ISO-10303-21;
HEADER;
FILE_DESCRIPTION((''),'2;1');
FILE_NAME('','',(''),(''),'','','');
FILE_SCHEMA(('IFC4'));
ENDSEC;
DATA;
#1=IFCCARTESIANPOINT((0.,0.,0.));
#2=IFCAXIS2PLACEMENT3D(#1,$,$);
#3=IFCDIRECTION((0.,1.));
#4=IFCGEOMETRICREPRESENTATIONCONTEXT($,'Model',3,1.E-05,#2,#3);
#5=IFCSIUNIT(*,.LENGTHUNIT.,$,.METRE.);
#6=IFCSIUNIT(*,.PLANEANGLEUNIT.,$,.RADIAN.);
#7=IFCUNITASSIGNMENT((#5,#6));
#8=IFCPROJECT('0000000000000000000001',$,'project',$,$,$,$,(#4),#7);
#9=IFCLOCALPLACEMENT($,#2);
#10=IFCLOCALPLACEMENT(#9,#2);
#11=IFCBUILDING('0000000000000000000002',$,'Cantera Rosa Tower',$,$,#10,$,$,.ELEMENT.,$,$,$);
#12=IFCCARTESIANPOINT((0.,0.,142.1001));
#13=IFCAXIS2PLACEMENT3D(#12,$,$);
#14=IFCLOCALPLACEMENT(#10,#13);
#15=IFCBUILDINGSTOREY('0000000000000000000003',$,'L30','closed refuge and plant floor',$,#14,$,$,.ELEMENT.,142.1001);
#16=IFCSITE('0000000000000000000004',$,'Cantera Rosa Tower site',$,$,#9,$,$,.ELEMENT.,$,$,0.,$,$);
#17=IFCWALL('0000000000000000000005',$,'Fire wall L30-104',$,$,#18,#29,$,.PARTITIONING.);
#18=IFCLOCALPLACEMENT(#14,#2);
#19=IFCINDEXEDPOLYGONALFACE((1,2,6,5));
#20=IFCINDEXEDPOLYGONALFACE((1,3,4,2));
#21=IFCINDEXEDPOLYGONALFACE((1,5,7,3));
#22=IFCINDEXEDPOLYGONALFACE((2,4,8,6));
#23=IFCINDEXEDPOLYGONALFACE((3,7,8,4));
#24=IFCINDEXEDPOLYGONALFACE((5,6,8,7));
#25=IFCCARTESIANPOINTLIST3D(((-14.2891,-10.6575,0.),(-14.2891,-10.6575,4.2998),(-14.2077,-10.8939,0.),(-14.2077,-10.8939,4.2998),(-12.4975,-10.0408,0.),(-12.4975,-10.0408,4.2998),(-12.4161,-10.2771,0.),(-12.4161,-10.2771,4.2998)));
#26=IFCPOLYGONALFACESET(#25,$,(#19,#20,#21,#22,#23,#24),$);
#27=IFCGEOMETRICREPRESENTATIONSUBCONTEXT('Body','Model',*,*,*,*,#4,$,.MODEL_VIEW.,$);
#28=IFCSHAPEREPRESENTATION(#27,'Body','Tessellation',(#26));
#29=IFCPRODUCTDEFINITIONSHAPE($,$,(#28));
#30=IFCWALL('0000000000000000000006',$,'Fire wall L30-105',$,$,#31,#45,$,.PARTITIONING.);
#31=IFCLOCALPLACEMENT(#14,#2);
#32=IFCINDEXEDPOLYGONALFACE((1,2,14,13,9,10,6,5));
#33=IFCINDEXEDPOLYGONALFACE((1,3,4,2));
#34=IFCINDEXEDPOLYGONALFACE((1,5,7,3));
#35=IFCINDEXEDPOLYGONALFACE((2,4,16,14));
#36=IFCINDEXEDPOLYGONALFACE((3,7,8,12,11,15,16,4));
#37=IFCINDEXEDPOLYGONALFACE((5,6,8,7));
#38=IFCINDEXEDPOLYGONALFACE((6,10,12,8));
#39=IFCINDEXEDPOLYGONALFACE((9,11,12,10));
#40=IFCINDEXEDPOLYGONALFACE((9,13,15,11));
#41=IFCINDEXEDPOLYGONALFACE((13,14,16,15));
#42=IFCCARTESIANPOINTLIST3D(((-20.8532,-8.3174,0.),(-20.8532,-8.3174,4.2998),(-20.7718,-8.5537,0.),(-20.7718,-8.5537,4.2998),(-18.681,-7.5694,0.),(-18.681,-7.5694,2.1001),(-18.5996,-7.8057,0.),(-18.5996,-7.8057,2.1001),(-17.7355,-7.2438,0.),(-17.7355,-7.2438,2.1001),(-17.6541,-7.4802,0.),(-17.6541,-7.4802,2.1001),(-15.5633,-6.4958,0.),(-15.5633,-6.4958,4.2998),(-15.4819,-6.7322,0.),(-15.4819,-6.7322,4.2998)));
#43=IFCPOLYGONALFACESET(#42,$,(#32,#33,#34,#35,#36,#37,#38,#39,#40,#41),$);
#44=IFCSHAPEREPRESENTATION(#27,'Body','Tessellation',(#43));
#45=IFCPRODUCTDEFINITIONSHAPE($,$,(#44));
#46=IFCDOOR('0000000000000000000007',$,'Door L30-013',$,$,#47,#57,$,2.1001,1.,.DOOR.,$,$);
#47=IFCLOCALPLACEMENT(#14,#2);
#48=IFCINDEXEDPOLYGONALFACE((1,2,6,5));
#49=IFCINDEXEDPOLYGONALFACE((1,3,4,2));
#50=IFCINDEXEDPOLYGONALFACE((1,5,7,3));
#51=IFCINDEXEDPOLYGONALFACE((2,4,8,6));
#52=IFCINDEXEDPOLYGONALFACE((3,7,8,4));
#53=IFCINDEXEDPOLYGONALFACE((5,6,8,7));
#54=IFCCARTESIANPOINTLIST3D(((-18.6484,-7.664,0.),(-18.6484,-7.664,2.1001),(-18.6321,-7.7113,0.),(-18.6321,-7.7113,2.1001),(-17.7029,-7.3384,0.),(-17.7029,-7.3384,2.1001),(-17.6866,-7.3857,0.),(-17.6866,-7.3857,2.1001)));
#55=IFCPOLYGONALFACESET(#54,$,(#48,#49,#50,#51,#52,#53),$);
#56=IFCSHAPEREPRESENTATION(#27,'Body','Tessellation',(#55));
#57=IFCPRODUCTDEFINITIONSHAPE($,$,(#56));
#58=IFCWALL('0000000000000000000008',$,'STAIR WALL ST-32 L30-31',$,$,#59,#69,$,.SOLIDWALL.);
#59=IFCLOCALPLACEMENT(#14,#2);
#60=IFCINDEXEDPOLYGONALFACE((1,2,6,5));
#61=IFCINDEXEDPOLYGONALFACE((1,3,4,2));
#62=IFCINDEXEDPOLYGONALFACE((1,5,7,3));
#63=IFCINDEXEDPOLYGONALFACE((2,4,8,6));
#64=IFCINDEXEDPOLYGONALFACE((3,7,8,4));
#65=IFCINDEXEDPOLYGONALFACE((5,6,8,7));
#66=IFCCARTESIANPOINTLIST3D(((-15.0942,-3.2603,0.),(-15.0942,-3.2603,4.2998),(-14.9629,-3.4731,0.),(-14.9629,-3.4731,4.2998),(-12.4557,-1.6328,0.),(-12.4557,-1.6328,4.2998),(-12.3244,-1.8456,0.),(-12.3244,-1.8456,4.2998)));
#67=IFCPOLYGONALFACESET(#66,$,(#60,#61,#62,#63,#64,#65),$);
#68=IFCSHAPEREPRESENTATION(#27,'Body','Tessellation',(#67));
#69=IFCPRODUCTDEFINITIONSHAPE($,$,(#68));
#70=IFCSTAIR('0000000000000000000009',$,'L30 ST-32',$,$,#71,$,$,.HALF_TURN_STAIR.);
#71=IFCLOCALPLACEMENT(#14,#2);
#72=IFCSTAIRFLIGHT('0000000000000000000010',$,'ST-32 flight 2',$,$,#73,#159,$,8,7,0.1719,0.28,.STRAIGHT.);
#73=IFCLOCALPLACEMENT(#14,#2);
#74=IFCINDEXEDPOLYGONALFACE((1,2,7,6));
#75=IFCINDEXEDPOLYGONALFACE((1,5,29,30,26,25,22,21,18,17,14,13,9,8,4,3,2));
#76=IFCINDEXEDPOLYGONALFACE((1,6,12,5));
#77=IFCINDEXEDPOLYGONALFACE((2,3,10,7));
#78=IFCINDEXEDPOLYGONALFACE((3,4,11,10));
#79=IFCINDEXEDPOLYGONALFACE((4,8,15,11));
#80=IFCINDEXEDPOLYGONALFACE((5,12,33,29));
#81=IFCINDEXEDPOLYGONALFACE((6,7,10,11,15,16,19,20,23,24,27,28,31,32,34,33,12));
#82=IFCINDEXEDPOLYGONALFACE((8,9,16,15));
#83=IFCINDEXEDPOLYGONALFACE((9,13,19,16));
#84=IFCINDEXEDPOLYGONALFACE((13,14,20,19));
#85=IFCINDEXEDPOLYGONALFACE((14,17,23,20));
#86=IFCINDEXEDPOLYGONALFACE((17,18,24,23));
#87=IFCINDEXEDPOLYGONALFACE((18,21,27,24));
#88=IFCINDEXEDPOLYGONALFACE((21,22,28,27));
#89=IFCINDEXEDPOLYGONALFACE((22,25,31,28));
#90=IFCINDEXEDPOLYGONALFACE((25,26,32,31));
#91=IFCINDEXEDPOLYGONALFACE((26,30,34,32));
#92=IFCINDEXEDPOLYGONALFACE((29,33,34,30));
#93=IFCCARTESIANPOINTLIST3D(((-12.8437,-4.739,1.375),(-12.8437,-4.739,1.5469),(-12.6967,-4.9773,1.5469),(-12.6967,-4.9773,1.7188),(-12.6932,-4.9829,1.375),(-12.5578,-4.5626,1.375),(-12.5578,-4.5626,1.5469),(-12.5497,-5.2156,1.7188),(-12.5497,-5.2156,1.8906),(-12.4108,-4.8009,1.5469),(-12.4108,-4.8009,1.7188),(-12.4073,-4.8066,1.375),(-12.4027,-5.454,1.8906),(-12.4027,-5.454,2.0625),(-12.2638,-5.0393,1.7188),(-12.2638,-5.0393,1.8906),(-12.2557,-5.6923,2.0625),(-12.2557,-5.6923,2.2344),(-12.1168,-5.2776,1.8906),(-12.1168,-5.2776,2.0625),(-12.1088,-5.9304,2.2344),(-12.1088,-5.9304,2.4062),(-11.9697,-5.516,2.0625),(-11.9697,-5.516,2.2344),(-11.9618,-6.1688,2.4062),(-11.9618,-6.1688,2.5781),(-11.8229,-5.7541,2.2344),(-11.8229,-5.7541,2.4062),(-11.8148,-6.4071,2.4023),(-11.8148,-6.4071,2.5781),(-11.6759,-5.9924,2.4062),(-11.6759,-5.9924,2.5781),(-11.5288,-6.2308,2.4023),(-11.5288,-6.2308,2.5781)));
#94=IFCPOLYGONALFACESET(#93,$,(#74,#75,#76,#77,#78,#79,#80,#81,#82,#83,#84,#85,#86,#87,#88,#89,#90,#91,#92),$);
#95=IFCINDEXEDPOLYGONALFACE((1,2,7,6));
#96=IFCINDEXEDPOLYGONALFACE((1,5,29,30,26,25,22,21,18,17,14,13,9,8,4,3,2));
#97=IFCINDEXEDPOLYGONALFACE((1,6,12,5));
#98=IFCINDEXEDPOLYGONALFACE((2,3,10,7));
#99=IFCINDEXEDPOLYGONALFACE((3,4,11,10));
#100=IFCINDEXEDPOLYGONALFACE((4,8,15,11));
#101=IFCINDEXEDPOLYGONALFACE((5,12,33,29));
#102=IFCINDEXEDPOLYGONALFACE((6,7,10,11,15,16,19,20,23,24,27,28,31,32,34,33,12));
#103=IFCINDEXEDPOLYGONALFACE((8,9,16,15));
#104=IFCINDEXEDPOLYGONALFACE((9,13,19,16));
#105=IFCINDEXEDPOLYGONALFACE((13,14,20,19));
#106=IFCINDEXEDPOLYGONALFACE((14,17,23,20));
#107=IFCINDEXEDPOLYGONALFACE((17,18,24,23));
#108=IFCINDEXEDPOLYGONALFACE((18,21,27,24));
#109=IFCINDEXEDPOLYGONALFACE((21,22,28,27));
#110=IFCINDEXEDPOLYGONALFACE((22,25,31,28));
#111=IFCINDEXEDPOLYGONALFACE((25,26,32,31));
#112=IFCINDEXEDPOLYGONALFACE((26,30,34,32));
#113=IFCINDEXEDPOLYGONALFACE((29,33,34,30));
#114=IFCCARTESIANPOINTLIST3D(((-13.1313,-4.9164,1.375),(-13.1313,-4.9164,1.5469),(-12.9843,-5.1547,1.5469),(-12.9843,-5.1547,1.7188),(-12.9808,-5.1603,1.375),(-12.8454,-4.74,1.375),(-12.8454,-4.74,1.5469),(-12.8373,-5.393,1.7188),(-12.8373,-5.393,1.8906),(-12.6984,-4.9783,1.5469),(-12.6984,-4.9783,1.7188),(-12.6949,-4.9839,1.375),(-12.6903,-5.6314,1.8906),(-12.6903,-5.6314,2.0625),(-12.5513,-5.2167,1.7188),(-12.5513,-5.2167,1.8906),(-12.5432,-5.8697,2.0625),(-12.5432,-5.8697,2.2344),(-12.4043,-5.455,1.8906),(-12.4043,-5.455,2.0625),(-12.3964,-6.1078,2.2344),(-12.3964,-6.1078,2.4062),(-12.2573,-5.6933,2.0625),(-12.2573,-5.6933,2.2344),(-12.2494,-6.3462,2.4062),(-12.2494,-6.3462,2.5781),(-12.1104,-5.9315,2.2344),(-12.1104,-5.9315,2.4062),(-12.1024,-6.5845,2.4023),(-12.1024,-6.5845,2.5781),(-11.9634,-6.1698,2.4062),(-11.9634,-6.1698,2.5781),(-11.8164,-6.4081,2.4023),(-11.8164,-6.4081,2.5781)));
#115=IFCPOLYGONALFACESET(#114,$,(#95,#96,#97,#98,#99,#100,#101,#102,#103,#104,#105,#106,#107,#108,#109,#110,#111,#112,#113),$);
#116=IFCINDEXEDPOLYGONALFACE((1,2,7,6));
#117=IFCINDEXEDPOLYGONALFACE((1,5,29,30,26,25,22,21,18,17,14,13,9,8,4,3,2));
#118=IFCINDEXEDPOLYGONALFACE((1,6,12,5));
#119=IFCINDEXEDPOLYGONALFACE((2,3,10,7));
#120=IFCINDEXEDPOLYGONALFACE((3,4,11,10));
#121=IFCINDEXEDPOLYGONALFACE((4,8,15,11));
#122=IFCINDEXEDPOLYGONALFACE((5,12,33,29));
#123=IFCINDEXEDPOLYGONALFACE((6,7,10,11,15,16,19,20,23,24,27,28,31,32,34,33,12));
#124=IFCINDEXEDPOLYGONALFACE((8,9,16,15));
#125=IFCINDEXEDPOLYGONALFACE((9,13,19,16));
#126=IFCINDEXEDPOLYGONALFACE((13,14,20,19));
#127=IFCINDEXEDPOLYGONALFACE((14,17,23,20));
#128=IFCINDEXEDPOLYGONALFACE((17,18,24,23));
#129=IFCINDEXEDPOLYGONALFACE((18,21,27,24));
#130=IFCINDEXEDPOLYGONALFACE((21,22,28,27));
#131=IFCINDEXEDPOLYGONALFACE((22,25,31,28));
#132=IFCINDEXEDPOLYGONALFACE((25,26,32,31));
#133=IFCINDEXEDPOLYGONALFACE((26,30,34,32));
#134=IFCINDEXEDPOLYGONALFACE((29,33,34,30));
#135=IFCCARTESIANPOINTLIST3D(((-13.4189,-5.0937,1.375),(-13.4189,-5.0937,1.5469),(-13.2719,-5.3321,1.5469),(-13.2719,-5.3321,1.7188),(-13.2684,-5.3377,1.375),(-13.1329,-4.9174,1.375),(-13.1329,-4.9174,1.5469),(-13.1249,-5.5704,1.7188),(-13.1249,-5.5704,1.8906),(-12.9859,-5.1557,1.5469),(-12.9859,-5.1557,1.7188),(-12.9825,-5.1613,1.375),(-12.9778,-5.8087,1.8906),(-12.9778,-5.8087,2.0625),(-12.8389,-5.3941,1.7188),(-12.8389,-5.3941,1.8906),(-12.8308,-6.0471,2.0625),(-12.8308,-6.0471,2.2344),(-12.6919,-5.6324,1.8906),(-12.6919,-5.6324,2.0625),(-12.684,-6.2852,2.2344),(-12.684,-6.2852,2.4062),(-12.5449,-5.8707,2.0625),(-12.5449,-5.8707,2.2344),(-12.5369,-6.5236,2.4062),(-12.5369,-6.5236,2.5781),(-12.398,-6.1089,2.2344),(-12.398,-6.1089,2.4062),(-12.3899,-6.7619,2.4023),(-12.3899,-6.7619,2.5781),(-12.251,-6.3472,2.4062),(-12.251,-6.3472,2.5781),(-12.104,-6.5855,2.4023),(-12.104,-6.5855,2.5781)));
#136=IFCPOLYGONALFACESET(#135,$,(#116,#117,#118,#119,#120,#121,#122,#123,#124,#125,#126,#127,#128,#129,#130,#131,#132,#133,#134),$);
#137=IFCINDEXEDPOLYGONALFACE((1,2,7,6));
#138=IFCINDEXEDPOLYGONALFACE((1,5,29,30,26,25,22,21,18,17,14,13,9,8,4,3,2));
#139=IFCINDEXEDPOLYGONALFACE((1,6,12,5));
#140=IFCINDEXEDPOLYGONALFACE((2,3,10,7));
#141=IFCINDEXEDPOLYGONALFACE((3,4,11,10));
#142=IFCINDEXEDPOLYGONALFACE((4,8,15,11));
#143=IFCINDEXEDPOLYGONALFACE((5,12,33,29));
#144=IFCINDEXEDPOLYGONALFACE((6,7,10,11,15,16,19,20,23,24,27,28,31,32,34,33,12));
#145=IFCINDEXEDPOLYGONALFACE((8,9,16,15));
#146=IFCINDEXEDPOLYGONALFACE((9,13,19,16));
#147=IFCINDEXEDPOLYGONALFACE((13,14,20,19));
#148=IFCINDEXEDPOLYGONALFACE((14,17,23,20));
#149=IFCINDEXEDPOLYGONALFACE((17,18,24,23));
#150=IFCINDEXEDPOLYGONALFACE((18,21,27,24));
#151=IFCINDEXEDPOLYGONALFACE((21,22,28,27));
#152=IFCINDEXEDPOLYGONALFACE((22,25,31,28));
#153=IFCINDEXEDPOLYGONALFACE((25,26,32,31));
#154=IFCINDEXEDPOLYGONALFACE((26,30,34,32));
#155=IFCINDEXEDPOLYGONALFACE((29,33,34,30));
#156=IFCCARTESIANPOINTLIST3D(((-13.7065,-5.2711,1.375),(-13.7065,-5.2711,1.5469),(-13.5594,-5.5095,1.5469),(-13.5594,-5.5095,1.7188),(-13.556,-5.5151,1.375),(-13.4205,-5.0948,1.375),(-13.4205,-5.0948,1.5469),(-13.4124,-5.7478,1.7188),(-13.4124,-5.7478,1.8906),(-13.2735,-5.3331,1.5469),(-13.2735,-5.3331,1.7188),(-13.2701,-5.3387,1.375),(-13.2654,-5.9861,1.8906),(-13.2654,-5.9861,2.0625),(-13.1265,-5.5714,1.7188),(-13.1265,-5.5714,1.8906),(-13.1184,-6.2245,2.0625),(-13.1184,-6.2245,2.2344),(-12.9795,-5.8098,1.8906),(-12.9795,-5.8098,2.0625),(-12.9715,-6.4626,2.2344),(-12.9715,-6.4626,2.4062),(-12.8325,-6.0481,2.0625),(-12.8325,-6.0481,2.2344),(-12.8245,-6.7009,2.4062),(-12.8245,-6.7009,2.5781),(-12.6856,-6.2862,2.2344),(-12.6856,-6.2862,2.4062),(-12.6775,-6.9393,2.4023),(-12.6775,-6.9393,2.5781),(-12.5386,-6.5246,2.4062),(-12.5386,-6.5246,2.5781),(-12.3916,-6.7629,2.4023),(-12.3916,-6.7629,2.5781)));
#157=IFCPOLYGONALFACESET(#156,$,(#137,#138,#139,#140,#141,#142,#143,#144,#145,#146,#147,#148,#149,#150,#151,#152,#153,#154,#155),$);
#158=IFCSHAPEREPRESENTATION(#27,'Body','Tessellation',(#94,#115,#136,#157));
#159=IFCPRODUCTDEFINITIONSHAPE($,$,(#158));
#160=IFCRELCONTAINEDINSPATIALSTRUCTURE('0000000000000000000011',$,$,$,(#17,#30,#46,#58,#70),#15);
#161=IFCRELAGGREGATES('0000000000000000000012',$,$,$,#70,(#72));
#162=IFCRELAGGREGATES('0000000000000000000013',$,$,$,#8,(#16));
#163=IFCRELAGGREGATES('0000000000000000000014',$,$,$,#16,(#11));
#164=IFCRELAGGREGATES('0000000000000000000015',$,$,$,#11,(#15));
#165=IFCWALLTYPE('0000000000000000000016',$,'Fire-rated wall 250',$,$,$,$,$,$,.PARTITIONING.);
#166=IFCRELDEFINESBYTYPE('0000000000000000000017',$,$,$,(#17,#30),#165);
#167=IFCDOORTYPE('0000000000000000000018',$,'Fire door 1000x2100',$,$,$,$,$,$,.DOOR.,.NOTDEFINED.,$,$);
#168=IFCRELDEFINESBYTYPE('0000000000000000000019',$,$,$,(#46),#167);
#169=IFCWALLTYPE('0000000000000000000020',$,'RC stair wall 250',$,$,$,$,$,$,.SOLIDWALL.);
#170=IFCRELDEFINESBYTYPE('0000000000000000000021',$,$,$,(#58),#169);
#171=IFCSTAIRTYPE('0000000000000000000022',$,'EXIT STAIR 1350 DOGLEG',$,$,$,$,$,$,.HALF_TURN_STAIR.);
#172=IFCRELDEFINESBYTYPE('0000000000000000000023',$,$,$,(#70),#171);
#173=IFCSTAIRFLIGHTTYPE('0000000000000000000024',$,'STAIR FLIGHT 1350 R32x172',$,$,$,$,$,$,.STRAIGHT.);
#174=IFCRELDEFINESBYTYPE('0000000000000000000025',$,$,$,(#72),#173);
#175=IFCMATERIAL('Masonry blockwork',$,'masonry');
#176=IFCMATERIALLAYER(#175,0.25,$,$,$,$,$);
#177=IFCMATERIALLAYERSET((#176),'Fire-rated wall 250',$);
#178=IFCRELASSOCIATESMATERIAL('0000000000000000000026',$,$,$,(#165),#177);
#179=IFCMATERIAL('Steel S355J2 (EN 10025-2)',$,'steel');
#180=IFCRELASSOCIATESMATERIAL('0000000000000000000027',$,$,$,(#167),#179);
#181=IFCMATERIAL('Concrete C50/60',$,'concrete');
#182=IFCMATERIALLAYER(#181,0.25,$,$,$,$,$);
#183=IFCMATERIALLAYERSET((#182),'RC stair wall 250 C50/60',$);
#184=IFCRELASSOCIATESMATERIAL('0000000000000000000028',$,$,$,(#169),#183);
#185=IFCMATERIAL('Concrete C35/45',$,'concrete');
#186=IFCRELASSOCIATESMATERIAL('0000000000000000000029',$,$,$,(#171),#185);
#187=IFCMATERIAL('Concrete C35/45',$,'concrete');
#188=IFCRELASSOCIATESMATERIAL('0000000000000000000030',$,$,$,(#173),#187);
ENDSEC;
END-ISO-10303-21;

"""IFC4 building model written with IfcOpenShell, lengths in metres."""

from ifc_helpers import new_model, si_unit, direction, frame, frame_2d, origin, place, context, subcontext, project, spatial, polyline, rectangle, outline, extrude, material, layer, layer_set, type_object, element, fill, aggregate, save


model = new_model("IFC4")

# Units and contexts
model_context = context("Model", 3, precision=1e-05, world=origin(), true_north=direction((0.0, 1.0)))
body_context = subcontext(model_context, "Body", "Model", "MODEL_VIEW")
ifc_project = project(units=[si_unit("LENGTHUNIT", "METRE"), si_unit("PLANEANGLEUNIT", "RADIAN")], contexts=[model_context])

# Site, building, storey
site_placement = place(None, origin())
site = spatial("IfcSite", under=ifc_project, at=site_placement, Name="Cantera Rosa Tower site", CompositionType="ELEMENT", RefElevation=0.0)
building_placement = place(site_placement, origin())
building = spatial("IfcBuilding", under=site, at=building_placement, Name="Cantera Rosa Tower", CompositionType="ELEMENT")
storey_placement = place(building_placement, frame((0.0, 0.0, 142.1001)))
storey = spatial("IfcBuildingStorey", under=building, at=storey_placement, Name="L30", Description="closed refuge and plant floor", CompositionType="ELEMENT", Elevation=142.1001)

# Shared definitions
ifc_material_1 = material(Name="Masonry blockwork", Category="masonry")
ifc_layer_1 = layer(ifc_material_1, 0.25)
ifc_layer_set_1 = layer_set([ifc_layer_1], Name="Fire-rated wall 250")
wall_type_1 = type_object("IfcWallType", Name="Fire-rated wall 250", PredefinedType="PARTITIONING", material=ifc_layer_set_1)

# Shared definitions
ifc_material_2 = material(Name="Steel S355J2 (EN 10025-2)", Category="steel")
door_type = type_object("IfcDoorType", Name="Fire door 1000x2100", OperationType="NOTDEFINED", PredefinedType="DOOR", material=ifc_material_2)

# Wall
wall_1_placement = place(storey_placement, frame((-14.2483, -10.7756, 0.0), z_axis=(0.0, 0.0, 1.0), x_axis=(0.945545, 0.32549, 0.0)))
element("IfcWall", 1, at=wall_1_placement, inside=storey, type_object=wall_type_1, Name="Fire wall L30-104", PredefinedType="PARTITIONING", context=body_context, shape_type="SweptSolid", body=[
    extrude(rectangle(XDim=1.8948, YDim=0.25, at=frame_2d((0.9473, 0.0))), origin(), (0.0, 0.0, 1.0), 4.2998),
])

# Wall, opening, door
wall_2_placement = place(storey_placement, frame((-20.8125, -8.4355, 0.0), z_axis=(0.0, 0.0, 1.0), x_axis=(0.945512, 0.325586, 0.0)))
wall_2 = element("IfcWall", 2, at=wall_2_placement, inside=storey, type_object=wall_type_1, Name="Fire wall L30-105", PredefinedType="PARTITIONING", context=body_context, shape_type="SweptSolid", body=[
    extrude(rectangle(XDim=5.5947, YDim=0.25, at=frame_2d((2.7974, 0.0))), origin(), (0.0, 0.0, 1.0), 4.2998),
])
opening_1_placement = place(wall_2_placement, frame((2.2974, 0.0, 0.0)))
opening_1 = element("IfcOpeningElement", 3, at=opening_1_placement, cuts=wall_2, PredefinedType="OPENING", context=body_context, shape_type="SweptSolid", body=[
    extrude(rectangle(XDim=1.0, YDim=2.1001, at=frame_2d((0.5, 1.05))), frame((0.0, 0.135, 0.0), z_axis=(0.0, -1.0, 0.0), x_axis=(1.0, 0.0, 0.0)), (0.0, 0.0, 1.0), 0.27),
])
door_1_placement = place(opening_1_placement, origin())
door_1 = element("IfcDoor", 4, at=door_1_placement, inside=storey, type_object=door_type, Name="Door L30-013", OverallHeight=2.1001, OverallWidth=1.0, PredefinedType="DOOR", context=body_context, shape_type="SweptSolid", body=[
    extrude(rectangle(XDim=1.0, YDim=2.1001, at=frame_2d((0.5, 1.05))), frame((0.0, 0.0249, 0.0), z_axis=(0.0, -1.0, 0.0), x_axis=(1.0, 0.0, 0.0)), (0.0, 0.0, 1.0), 0.05),
])
fill(opening_1, door_1)

# Wall
ifc_material_3 = material(Name="Concrete C50/60", Category="concrete")
ifc_layer_2 = layer(ifc_material_3, 0.25)
ifc_layer_set_2 = layer_set([ifc_layer_2], Name="RC stair wall 250 C50/60")
wall_type_2 = type_object("IfcWallType", Name="RC stair wall 250", PredefinedType="SOLIDWALL", material=ifc_layer_set_2)
wall_3_placement = place(storey_placement, frame((-15.0286, -3.3667, 0.0), z_axis=(0.0, 0.0, 1.0), x_axis=(0.851112, 0.524985, 0.0)))
element("IfcWall", 5, at=wall_3_placement, inside=storey, type_object=wall_type_2, Name="STAIR WALL ST-32 L30-31", PredefinedType="SOLIDWALL", context=body_context, shape_type="SweptSolid", body=[
    extrude(rectangle(XDim=3.1001, YDim=0.25, at=frame_2d((1.55, 0.0))), origin(), (0.0, 0.0, 1.0), 4.2998),
])

# Stair, stair flight
ifc_material_4 = material(Name="Concrete C35/45", Category="concrete")
stair_type = type_object("IfcStairType", Name="EXIT STAIR 1350 DOGLEG", PredefinedType="HALF_TURN_STAIR", material=ifc_material_4)
stair_placement = place(storey_placement, origin())
stair = element("IfcStair", 6, at=stair_placement, inside=storey, type_object=stair_type, Name="L30 ST-32", PredefinedType="HALF_TURN_STAIR")
ifc_material_5 = material(Name="Concrete C35/45", Category="concrete")
stair_flight_type = type_object("IfcStairFlightType", Name="STAIR FLIGHT 1350 R32x172", PredefinedType="STRAIGHT", material=ifc_material_5)
stair_flight_placement = place(storey_placement, frame((-13.1323, -4.917, 1.375), z_axis=(0.0, 0.0, 1.0), x_axis=(0.524977, -0.851117, 0.0)))
stair_flight = element("IfcStairFlight", 7, at=stair_flight_placement, type_object=stair_flight_type, Name="ST-32 flight 2", NumberOfRisers=8, NumberOfTreads=7, PredefinedType="STRAIGHT", RiserHeight=0.1719, TreadLength=0.28, context=body_context, shape_type="SweptSolid", body=[
    extrude(outline(polyline([(0.0, 0.0), (0.0, 0.1719), (0.28, 0.1719), (0.28, 0.3438), (0.5601, 0.3438), (0.5601, 0.5156), (0.8401, 0.5156), (0.8401, 0.6875), (1.1201, 0.6875), (1.1201, 0.8594), (1.3999, 0.8594), (1.3999, 1.0312), (1.6799, 1.0312), (1.6799, 1.2031), (1.96, 1.2031), (1.96, 1.375), (1.96, 1.0273), (0.2866, 0.0), (0.0, 0.0)])), frame((0.0, 0.675, 0.0), z_axis=(0.0, -1.0, 0.0), x_axis=(1.0, 0.0, 0.0)), (0.0, 0.0, 1.0), 0.3359),
    extrude(outline(polyline([(0.0, 0.0), (0.0, 0.1719), (0.28, 0.1719), (0.28, 0.3438), (0.5601, 0.3438), (0.5601, 0.5156), (0.8401, 0.5156), (0.8401, 0.6875), (1.1201, 0.6875), (1.1201, 0.8594), (1.3999, 0.8594), (1.3999, 1.0312), (1.6799, 1.0312), (1.6799, 1.2031), (1.96, 1.2031), (1.96, 1.375), (1.96, 1.0273), (0.2866, 0.0), (0.0, 0.0)])), frame((0.0, 0.3372, 0.0), z_axis=(0.0, -1.0, 0.0), x_axis=(1.0, 0.0, 0.0)), (0.0, 0.0, 1.0), 0.3359),
    extrude(outline(polyline([(0.0, 0.0), (0.0, 0.1719), (0.28, 0.1719), (0.28, 0.3438), (0.5601, 0.3438), (0.5601, 0.5156), (0.8401, 0.5156), (0.8401, 0.6875), (1.1201, 0.6875), (1.1201, 0.8594), (1.3999, 0.8594), (1.3999, 1.0312), (1.6799, 1.0312), (1.6799, 1.2031), (1.96, 1.2031), (1.96, 1.375), (1.96, 1.0273), (0.2866, 0.0), (0.0, 0.0)])), frame((0.0, -0.0007, 0.0), z_axis=(0.0, -1.0, 0.0), x_axis=(1.0, 0.0, 0.0)), (0.0, 0.0, 1.0), 0.3359),
    extrude(outline(polyline([(0.0, 0.0), (0.0, 0.1719), (0.28, 0.1719), (0.28, 0.3438), (0.5601, 0.3438), (0.5601, 0.5156), (0.8401, 0.5156), (0.8401, 0.6875), (1.1201, 0.6875), (1.1201, 0.8594), (1.3999, 0.8594), (1.3999, 1.0312), (1.6799, 1.0312), (1.6799, 1.2031), (1.96, 1.2031), (1.96, 1.375), (1.96, 1.0273), (0.2866, 0.0), (0.0, 0.0)])), frame((0.0, -0.3386, 0.0), z_axis=(0.0, -1.0, 0.0), x_axis=(1.0, 0.0, 0.0)), (0.0, 0.0, 1.0), 0.3359),
])
aggregate(stair, [stair_flight])

save(model, "model.ifc")
